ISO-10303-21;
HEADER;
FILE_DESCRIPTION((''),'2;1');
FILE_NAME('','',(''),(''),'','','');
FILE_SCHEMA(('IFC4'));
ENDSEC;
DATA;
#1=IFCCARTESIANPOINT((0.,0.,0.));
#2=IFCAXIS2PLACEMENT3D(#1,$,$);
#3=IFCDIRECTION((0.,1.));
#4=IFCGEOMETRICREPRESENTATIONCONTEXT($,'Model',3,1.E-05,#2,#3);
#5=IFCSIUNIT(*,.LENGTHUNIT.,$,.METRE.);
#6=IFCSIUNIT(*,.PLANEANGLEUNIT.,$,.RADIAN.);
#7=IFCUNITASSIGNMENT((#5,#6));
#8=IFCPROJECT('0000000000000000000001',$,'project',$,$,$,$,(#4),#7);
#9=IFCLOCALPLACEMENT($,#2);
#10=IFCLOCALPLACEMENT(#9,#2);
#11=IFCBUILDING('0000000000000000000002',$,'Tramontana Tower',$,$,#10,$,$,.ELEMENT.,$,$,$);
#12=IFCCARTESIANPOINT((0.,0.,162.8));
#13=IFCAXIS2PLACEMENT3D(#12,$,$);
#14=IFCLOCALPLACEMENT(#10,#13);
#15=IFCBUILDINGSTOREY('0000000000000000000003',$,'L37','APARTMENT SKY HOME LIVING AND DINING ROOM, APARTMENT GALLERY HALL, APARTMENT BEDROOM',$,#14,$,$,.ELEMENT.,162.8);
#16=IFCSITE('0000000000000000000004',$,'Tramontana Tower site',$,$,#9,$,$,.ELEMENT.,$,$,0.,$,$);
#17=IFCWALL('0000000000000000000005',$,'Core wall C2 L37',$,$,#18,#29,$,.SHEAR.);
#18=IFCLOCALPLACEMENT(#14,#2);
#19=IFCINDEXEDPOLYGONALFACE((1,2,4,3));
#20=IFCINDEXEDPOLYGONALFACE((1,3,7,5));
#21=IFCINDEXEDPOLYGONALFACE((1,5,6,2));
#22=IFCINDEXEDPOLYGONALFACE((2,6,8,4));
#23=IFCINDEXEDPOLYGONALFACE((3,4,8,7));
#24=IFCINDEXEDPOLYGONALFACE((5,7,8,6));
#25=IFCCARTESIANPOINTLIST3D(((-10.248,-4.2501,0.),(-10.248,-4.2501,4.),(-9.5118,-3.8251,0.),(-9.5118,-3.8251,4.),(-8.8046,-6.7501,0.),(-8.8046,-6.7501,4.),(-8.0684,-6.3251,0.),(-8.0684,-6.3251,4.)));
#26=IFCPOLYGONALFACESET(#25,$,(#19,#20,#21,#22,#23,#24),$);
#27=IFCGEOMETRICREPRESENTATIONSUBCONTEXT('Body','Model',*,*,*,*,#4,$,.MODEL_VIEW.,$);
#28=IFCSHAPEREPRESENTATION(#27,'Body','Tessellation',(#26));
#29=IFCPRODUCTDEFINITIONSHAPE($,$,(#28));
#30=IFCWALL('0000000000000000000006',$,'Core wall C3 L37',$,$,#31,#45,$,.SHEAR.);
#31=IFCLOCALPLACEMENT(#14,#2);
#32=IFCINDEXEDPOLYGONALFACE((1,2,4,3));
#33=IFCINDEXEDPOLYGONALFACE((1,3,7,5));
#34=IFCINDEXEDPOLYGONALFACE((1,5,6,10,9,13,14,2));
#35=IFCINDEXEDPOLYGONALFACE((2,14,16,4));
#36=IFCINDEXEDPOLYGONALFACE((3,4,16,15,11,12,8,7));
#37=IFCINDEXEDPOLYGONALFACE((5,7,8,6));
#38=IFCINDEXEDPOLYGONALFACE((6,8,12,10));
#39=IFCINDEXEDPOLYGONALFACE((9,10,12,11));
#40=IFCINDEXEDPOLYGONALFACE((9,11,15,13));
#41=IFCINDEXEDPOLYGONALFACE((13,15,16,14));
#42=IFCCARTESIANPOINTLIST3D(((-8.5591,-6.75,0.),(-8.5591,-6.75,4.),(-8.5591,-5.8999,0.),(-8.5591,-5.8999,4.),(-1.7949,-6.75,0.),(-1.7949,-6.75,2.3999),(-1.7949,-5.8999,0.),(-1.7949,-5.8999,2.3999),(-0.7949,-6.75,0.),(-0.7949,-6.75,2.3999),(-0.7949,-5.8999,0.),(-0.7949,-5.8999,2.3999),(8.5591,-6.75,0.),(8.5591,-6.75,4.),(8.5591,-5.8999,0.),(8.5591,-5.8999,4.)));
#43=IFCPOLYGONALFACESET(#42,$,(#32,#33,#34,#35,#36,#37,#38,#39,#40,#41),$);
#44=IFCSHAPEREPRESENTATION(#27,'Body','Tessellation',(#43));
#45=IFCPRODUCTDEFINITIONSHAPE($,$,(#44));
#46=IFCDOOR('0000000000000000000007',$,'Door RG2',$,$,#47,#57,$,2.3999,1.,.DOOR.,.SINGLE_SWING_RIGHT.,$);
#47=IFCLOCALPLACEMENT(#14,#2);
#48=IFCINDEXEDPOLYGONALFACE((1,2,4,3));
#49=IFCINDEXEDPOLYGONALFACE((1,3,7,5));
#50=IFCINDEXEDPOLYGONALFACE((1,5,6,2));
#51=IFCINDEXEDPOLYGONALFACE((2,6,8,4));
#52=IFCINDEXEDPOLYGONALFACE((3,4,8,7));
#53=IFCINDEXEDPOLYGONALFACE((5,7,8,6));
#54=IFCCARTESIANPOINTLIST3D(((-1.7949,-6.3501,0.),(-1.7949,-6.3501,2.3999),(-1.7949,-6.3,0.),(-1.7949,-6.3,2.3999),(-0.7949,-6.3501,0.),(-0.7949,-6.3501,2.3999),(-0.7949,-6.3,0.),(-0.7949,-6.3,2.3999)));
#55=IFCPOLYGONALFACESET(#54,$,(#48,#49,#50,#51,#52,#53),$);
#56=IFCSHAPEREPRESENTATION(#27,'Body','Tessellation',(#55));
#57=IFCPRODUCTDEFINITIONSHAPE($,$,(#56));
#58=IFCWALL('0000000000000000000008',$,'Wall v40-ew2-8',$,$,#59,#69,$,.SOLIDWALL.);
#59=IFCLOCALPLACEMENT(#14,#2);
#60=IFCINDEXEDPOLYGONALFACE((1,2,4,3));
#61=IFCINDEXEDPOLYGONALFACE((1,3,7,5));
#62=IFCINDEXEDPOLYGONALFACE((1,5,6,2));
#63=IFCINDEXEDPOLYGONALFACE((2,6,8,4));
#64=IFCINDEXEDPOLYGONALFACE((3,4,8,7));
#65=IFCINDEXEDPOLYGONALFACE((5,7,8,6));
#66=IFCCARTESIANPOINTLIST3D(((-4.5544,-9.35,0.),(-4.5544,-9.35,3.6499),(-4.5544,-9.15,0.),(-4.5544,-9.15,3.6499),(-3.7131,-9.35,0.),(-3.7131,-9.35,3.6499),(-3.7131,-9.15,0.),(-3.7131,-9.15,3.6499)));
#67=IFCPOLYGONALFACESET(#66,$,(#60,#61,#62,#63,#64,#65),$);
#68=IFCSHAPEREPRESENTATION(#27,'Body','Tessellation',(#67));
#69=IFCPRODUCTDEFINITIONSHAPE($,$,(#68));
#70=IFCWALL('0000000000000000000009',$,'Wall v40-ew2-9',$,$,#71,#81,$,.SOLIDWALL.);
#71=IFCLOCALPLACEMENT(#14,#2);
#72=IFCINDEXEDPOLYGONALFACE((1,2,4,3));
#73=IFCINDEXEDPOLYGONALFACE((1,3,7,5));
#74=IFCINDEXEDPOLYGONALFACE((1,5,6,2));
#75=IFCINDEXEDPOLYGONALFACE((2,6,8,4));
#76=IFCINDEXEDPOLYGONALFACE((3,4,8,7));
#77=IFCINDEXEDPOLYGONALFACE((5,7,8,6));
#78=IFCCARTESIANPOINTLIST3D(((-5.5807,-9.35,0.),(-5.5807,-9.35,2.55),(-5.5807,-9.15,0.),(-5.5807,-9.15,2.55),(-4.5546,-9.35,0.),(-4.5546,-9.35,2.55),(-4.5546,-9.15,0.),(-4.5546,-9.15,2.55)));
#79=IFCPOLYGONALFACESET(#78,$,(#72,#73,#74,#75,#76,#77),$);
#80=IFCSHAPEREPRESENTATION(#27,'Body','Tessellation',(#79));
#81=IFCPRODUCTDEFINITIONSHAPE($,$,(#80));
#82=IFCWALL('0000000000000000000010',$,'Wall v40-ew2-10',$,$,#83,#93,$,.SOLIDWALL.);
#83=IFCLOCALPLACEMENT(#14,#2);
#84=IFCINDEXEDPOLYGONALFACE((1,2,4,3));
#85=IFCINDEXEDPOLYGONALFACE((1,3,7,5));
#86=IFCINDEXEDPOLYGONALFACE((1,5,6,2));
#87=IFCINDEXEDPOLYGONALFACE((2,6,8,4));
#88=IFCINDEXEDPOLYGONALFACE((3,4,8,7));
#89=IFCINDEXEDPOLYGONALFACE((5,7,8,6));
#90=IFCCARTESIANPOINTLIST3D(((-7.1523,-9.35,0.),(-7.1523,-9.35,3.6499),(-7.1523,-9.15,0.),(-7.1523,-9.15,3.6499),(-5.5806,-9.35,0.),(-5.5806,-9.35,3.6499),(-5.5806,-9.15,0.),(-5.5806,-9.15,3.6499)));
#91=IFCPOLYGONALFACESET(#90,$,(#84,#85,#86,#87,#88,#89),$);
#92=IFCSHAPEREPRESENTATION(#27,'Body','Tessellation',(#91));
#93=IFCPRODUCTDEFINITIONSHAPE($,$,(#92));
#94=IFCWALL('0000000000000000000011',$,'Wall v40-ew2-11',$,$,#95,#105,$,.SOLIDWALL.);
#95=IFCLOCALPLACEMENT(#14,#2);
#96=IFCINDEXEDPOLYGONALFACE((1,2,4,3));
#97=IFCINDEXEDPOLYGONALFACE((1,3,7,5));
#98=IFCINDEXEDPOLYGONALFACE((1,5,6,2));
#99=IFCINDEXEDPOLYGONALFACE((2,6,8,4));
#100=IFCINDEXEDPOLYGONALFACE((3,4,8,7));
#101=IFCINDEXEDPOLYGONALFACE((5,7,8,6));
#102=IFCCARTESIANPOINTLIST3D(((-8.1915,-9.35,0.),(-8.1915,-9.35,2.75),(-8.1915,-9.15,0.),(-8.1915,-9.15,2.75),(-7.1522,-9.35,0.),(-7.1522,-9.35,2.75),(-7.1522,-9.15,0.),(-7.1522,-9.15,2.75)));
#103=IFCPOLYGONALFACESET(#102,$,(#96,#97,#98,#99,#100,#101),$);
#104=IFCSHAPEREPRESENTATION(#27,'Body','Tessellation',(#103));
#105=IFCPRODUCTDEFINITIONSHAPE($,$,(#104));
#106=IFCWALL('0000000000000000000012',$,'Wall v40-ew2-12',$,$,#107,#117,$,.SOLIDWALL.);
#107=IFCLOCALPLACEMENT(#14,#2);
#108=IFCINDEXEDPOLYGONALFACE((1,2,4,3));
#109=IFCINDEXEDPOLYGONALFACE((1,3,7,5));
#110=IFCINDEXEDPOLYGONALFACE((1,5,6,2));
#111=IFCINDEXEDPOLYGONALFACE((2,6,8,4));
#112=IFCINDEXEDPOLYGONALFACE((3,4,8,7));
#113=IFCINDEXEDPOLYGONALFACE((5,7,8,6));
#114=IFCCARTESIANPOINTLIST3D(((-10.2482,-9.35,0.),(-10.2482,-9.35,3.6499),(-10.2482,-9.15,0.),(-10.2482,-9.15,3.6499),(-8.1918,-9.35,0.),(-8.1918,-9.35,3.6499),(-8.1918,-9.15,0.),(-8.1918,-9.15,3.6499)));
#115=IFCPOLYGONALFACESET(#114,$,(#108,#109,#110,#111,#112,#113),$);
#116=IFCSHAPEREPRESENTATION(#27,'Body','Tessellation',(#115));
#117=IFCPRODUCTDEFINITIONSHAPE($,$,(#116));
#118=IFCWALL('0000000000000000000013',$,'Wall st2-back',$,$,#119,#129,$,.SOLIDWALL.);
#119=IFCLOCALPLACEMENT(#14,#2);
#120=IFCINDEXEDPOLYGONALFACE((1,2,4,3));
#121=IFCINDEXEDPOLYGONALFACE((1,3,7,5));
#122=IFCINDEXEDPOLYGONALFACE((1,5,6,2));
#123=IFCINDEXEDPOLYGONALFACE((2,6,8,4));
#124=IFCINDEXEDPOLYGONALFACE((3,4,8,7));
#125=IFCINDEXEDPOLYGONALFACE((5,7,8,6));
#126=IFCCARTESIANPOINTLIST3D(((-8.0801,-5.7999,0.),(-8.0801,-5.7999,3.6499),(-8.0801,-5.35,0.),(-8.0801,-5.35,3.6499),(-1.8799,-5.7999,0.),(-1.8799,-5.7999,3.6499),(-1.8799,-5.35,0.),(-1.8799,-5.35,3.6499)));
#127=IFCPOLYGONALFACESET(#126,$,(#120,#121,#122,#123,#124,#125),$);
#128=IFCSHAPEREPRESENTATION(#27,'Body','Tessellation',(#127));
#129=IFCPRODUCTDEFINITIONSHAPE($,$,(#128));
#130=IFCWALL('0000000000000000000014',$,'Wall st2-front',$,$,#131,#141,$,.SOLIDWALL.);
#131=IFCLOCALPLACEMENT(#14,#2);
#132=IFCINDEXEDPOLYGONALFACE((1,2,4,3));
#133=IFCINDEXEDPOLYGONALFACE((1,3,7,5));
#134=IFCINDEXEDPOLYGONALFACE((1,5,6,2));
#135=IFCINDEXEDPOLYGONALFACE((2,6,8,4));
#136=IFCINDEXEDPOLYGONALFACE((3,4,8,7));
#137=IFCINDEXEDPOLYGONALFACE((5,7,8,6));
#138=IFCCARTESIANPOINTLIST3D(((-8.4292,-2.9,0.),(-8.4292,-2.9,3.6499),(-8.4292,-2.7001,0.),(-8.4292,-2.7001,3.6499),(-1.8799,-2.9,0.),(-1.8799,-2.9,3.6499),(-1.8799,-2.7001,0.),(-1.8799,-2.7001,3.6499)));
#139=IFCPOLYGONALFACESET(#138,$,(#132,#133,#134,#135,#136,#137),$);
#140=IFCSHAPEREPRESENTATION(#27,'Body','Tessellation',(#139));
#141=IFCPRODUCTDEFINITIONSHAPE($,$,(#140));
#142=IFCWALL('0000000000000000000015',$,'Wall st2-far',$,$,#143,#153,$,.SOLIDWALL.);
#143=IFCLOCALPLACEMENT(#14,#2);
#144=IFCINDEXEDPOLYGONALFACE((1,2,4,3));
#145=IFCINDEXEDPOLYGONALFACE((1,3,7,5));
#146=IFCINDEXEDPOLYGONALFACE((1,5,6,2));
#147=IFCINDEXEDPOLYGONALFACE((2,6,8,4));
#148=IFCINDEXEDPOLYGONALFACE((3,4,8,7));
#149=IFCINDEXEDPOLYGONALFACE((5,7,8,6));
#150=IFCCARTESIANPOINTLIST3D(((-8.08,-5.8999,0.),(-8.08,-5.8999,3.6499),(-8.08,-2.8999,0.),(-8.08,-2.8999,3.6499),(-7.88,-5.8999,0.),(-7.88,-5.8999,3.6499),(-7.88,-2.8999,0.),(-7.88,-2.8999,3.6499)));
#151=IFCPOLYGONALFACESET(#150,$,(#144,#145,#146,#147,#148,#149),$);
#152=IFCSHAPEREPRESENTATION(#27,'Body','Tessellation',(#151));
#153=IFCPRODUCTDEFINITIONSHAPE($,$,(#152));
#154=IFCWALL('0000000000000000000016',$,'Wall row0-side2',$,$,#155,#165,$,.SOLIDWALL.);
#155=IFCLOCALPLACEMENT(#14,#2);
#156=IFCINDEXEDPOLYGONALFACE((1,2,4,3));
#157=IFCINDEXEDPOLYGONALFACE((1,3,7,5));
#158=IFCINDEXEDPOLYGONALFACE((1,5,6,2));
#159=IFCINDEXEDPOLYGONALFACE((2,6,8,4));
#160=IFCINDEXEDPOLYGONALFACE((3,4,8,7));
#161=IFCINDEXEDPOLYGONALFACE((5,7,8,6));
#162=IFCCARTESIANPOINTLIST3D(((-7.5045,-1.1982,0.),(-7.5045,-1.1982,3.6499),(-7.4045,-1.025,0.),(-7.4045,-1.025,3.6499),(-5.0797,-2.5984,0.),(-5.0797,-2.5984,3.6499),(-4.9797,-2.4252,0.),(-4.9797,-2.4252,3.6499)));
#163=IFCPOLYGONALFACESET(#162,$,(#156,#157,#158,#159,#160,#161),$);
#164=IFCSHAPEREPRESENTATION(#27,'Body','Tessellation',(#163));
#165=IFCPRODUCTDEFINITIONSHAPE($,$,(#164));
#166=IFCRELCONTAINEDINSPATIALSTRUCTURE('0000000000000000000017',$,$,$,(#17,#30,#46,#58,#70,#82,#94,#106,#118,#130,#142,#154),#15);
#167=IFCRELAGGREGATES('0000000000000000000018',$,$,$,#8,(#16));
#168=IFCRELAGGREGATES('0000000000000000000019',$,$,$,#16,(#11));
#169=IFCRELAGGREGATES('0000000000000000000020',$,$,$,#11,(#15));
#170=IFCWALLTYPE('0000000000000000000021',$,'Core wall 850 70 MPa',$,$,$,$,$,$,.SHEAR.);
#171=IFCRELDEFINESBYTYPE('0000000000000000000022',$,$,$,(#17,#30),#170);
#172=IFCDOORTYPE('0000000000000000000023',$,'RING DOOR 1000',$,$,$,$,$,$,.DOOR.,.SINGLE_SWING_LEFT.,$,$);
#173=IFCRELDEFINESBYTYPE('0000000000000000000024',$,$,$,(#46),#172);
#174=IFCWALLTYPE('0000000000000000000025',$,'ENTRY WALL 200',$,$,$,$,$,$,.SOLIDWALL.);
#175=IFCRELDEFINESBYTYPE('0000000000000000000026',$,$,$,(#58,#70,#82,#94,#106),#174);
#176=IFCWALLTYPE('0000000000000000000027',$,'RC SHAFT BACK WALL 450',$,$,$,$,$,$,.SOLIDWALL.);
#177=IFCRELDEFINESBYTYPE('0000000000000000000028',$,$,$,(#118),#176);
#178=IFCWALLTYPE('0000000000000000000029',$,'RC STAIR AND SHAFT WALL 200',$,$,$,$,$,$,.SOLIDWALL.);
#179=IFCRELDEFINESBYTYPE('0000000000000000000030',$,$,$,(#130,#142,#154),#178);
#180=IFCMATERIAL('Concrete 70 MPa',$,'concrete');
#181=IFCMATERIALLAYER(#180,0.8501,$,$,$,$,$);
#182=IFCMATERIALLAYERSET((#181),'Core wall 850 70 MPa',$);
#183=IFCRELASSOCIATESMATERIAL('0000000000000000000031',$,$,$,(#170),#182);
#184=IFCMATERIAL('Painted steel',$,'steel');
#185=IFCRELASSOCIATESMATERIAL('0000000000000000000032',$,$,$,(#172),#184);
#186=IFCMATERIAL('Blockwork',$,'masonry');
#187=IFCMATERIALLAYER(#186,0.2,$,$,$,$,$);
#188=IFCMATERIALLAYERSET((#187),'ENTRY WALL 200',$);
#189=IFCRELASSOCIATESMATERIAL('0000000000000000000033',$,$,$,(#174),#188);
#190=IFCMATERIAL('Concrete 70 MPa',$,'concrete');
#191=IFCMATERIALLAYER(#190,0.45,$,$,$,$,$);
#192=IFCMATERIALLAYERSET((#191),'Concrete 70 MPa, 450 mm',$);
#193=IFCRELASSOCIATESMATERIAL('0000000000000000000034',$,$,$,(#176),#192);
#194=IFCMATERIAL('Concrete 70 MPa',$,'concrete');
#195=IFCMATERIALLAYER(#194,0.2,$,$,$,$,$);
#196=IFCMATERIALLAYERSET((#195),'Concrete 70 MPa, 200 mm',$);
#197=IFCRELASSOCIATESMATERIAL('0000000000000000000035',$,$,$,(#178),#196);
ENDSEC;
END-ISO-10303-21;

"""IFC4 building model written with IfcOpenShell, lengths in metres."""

from ifc_helpers import new_model, si_unit, direction, frame, frame_2d, origin, place, context, subcontext, project, spatial, rectangle, extrude, material, layer, layer_set, type_object, element, fill, save


model = new_model("IFC4")

# Units and contexts
model_context = context("Model", 3, precision=1e-05, world=origin(), true_north=direction((0.0, 1.0)))
body_context = subcontext(model_context, "Body", "Model", "MODEL_VIEW")
ifc_project = project(units=[si_unit("LENGTHUNIT", "METRE"), si_unit("PLANEANGLEUNIT", "RADIAN")], contexts=[model_context])

# Site, building, storey
site_placement = place(None, origin())
site = spatial("IfcSite", under=ifc_project, at=site_placement, Name="Tramontana Tower site", CompositionType="ELEMENT", RefElevation=0.0)
building_placement = place(site_placement, origin())
building = spatial("IfcBuilding", under=site, at=building_placement, Name="Tramontana Tower", CompositionType="ELEMENT")
storey_placement = place(building_placement, frame((0.0, 0.0, 162.8)))
storey = spatial("IfcBuildingStorey", under=building, at=storey_placement, Name="L37", Description="APARTMENT SKY HOME LIVING AND DINING ROOM, APARTMENT GALLERY HALL, APARTMENT BEDROOM", CompositionType="ELEMENT", Elevation=162.8)

# Wall
ifc_material_1 = material(Name="Concrete 70 MPa", Category="concrete")
ifc_layer_1 = layer(ifc_material_1, 0.8501)
ifc_layer_set_1 = layer_set([ifc_layer_1], Name="Core wall 850 70 MPa")
wall_type_1 = type_object("IfcWallType", Name="Core wall 850 70 MPa", PredefinedType="SHEAR", material=ifc_layer_set_1)
wall_1_placement = place(storey_placement, frame((-9.8799, -4.0376, 0.0), z_axis=(0.0, 0.0, 1.0), x_axis=(0.499996, -0.866028, 0.0)))
element("IfcWall", 1, at=wall_1_placement, inside=storey, type_object=wall_type_1, Name="Core wall C2 L37", PredefinedType="SHEAR", context=body_context, shape_type="SweptSolid", body=[
    extrude(rectangle(XDim=2.8867, YDim=0.8501, at=frame_2d((1.4434, 0.0))), origin(), (0.0, 0.0, 1.0), 4.0),
])

# Wall, opening, door
wall_2_placement = place(storey_placement, frame((-8.5591, -6.325, 0.0), z_axis=(0.0, 0.0, 1.0), x_axis=(1.0, 0.0, 0.0)))
wall_2 = element("IfcWall", 2, at=wall_2_placement, inside=storey, type_object=wall_type_1, Name="Core wall C3 L37", PredefinedType="SHEAR", context=body_context, shape_type="SweptSolid", body=[
    extrude(rectangle(XDim=17.1182, YDim=0.8501, at=frame_2d((8.5591, 0.0))), origin(), (0.0, 0.0, 1.0), 4.0),
])
opening_1_placement = place(wall_2_placement, frame((6.7642, 0.0, 0.0)))
opening_1 = element("IfcOpeningElement", 3, at=opening_1_placement, cuts=wall_2, PredefinedType="OPENING", context=body_context, shape_type="SweptSolid", body=[
    extrude(rectangle(XDim=1.0, YDim=2.3999, at=frame_2d((0.5, 1.2))), frame((0.0, 0.4351, 0.0), z_axis=(0.0, -1.0, 0.0), x_axis=(1.0, 0.0, 0.0)), (0.0, 0.0, 1.0), 0.8701),
])
ifc_material_2 = material(Name="Painted steel", Category="steel")
door_type_1 = type_object("IfcDoorType", Name="RING DOOR 1000", OperationType="SINGLE_SWING_LEFT", PredefinedType="DOOR", material=ifc_material_2)
door_1_placement = place(opening_1_placement, origin())
door_1 = element("IfcDoor", 4, at=door_1_placement, inside=storey, type_object=door_type_1, Name="Door RG2", OperationType="SINGLE_SWING_RIGHT", OverallHeight=2.3999, OverallWidth=1.0, PredefinedType="DOOR", context=body_context, shape_type="SweptSolid", body=[
    extrude(rectangle(XDim=1.0, YDim=2.3999, at=frame_2d((0.5, 1.2))), frame((0.0, 0.0249, 0.0), z_axis=(0.0, -1.0, 0.0), x_axis=(1.0, 0.0, 0.0)), (0.0, 0.0, 1.0), 0.05),
])
fill(opening_1, door_1)
ifc_material_3 = material(Name="Blockwork", Category="masonry")
ifc_layer_2 = layer(ifc_material_3, 0.2)
ifc_layer_set_2 = layer_set([ifc_layer_2], Name="ENTRY WALL 200")
wall_type_2 = type_object("IfcWallType", Name="ENTRY WALL 200", PredefinedType="SOLIDWALL", material=ifc_layer_set_2)

# Walls
wall_3_placement = place(storey_placement, frame((-3.7131, -9.25, 0.0), z_axis=(0.0, 0.0, 1.0), x_axis=(-1.0, 0.0, 0.0)))
element("IfcWall", 5, at=wall_3_placement, inside=storey, type_object=wall_type_2, Name="Wall v40-ew2-8", PredefinedType="SOLIDWALL", context=body_context, shape_type="SweptSolid", body=[
    extrude(rectangle(XDim=0.8413, YDim=0.2, at=frame_2d((0.4207, 0.0))), origin(), (0.0, 0.0, 1.0), 3.6499),
])
wall_4_placement = place(storey_placement, frame((-4.5544, -9.25, 0.0), z_axis=(0.0, 0.0, 1.0), x_axis=(-1.0, 0.0, 0.0)))
element("IfcWall", 6, at=wall_4_placement, inside=storey, type_object=wall_type_2, Name="Wall v40-ew2-9", PredefinedType="SOLIDWALL", context=body_context, shape_type="SweptSolid", body=[
    extrude(rectangle(XDim=1.0261, YDim=0.2, at=frame_2d((0.5132, 0.0))), origin(), (0.0, 0.0, 1.0), 2.55),
])
wall_5_placement = place(storey_placement, frame((-5.5806, -9.25, 0.0), z_axis=(0.0, 0.0, 1.0), x_axis=(-1.0, 0.0, 0.0)))
element("IfcWall", 7, at=wall_5_placement, inside=storey, type_object=wall_type_2, Name="Wall v40-ew2-10", PredefinedType="SOLIDWALL", context=body_context, shape_type="SweptSolid", body=[
    extrude(rectangle(XDim=1.5718, YDim=0.2, at=frame_2d((0.7859, 0.0))), origin(), (0.0, 0.0, 1.0), 3.6499),
])
wall_6_placement = place(storey_placement, frame((-7.1523, -9.25, 0.0), z_axis=(0.0, 0.0, 1.0), x_axis=(-1.0, 0.0, 0.0)))
element("IfcWall", 8, at=wall_6_placement, inside=storey, type_object=wall_type_2, Name="Wall v40-ew2-11", PredefinedType="SOLIDWALL", context=body_context, shape_type="SweptSolid", body=[
    extrude(rectangle(XDim=1.0393, YDim=0.2, at=frame_2d((0.5195, 0.0))), origin(), (0.0, 0.0, 1.0), 2.75),
])
wall_7_placement = place(storey_placement, frame((-8.1917, -9.25, 0.0), z_axis=(0.0, 0.0, 1.0), x_axis=(-1.0, 0.0, 0.0)))
element("IfcWall", 9, at=wall_7_placement, inside=storey, type_object=wall_type_2, Name="Wall v40-ew2-12", PredefinedType="SOLIDWALL", context=body_context, shape_type="SweptSolid", body=[
    extrude(rectangle(XDim=2.0564, YDim=0.2, at=frame_2d((1.0283, 0.0))), origin(), (0.0, 0.0, 1.0), 3.6499),
])
ifc_material_4 = material(Name="Concrete 70 MPa", Category="concrete")
ifc_layer_3 = layer(ifc_material_4, 0.45)
ifc_layer_set_3 = layer_set([ifc_layer_3], Name="Concrete 70 MPa, 450 mm")
wall_type_3 = type_object("IfcWallType", Name="RC SHAFT BACK WALL 450", PredefinedType="SOLIDWALL", material=ifc_layer_set_3)
wall_8_placement = place(storey_placement, frame((-8.0801, -5.575, 0.0), z_axis=(0.0, 0.0, 1.0), x_axis=(1.0, 0.0, 0.0)))
element("IfcWall", 10, at=wall_8_placement, inside=storey, type_object=wall_type_3, Name="Wall st2-back", PredefinedType="SOLIDWALL", context=body_context, shape_type="SweptSolid", body=[
    extrude(rectangle(XDim=6.2002, YDim=0.45, at=frame_2d((3.1001, 0.0))), origin(), (0.0, 0.0, 1.0), 3.6499),
])
ifc_material_5 = material(Name="Concrete 70 MPa", Category="concrete")
ifc_layer_4 = layer(ifc_material_5, 0.2)
ifc_layer_set_4 = layer_set([ifc_layer_4], Name="Concrete 70 MPa, 200 mm")
wall_type_4 = type_object("IfcWallType", Name="RC STAIR AND SHAFT WALL 200", PredefinedType="SOLIDWALL", material=ifc_layer_set_4)
wall_9_placement = place(storey_placement, frame((-8.4292, -2.8, 0.0), z_axis=(0.0, 0.0, 1.0), x_axis=(1.0, 0.0, 0.0)))
element("IfcWall", 11, at=wall_9_placement, inside=storey, type_object=wall_type_4, Name="Wall st2-front", PredefinedType="SOLIDWALL", context=body_context, shape_type="SweptSolid", body=[
    extrude(rectangle(XDim=6.5493, YDim=0.2, at=frame_2d((3.2747, 0.0))), origin(), (0.0, 0.0, 1.0), 3.6499),
])
wall_10_placement = place(storey_placement, frame((-7.98, -2.8999, 0.0), z_axis=(0.0, 0.0, 1.0), x_axis=(0.0, -1.0, 0.0)))
element("IfcWall", 12, at=wall_10_placement, inside=storey, type_object=wall_type_4, Name="Wall st2-far", PredefinedType="SOLIDWALL", context=body_context, shape_type="SweptSolid", body=[
    extrude(rectangle(XDim=3.0, YDim=0.2, at=frame_2d((1.5, 0.0))), origin(), (0.0, 0.0, 1.0), 3.6499),
])
wall_11_placement = place(storey_placement, frame((-5.0298, -2.5117, 0.0), z_axis=(0.0, 0.0, 1.0), x_axis=(-0.865997, 0.50005, 0.0)))
element("IfcWall", 13, at=wall_11_placement, inside=storey, type_object=wall_type_4, Name="Wall row0-side2", PredefinedType="SOLIDWALL", context=body_context, shape_type="SweptSolid", body=[
    extrude(rectangle(XDim=2.8, YDim=0.2, at=frame_2d((1.3999, 0.0))), origin(), (0.0, 0.0, 1.0), 3.6499),
])

save(model, "model.ifc")
